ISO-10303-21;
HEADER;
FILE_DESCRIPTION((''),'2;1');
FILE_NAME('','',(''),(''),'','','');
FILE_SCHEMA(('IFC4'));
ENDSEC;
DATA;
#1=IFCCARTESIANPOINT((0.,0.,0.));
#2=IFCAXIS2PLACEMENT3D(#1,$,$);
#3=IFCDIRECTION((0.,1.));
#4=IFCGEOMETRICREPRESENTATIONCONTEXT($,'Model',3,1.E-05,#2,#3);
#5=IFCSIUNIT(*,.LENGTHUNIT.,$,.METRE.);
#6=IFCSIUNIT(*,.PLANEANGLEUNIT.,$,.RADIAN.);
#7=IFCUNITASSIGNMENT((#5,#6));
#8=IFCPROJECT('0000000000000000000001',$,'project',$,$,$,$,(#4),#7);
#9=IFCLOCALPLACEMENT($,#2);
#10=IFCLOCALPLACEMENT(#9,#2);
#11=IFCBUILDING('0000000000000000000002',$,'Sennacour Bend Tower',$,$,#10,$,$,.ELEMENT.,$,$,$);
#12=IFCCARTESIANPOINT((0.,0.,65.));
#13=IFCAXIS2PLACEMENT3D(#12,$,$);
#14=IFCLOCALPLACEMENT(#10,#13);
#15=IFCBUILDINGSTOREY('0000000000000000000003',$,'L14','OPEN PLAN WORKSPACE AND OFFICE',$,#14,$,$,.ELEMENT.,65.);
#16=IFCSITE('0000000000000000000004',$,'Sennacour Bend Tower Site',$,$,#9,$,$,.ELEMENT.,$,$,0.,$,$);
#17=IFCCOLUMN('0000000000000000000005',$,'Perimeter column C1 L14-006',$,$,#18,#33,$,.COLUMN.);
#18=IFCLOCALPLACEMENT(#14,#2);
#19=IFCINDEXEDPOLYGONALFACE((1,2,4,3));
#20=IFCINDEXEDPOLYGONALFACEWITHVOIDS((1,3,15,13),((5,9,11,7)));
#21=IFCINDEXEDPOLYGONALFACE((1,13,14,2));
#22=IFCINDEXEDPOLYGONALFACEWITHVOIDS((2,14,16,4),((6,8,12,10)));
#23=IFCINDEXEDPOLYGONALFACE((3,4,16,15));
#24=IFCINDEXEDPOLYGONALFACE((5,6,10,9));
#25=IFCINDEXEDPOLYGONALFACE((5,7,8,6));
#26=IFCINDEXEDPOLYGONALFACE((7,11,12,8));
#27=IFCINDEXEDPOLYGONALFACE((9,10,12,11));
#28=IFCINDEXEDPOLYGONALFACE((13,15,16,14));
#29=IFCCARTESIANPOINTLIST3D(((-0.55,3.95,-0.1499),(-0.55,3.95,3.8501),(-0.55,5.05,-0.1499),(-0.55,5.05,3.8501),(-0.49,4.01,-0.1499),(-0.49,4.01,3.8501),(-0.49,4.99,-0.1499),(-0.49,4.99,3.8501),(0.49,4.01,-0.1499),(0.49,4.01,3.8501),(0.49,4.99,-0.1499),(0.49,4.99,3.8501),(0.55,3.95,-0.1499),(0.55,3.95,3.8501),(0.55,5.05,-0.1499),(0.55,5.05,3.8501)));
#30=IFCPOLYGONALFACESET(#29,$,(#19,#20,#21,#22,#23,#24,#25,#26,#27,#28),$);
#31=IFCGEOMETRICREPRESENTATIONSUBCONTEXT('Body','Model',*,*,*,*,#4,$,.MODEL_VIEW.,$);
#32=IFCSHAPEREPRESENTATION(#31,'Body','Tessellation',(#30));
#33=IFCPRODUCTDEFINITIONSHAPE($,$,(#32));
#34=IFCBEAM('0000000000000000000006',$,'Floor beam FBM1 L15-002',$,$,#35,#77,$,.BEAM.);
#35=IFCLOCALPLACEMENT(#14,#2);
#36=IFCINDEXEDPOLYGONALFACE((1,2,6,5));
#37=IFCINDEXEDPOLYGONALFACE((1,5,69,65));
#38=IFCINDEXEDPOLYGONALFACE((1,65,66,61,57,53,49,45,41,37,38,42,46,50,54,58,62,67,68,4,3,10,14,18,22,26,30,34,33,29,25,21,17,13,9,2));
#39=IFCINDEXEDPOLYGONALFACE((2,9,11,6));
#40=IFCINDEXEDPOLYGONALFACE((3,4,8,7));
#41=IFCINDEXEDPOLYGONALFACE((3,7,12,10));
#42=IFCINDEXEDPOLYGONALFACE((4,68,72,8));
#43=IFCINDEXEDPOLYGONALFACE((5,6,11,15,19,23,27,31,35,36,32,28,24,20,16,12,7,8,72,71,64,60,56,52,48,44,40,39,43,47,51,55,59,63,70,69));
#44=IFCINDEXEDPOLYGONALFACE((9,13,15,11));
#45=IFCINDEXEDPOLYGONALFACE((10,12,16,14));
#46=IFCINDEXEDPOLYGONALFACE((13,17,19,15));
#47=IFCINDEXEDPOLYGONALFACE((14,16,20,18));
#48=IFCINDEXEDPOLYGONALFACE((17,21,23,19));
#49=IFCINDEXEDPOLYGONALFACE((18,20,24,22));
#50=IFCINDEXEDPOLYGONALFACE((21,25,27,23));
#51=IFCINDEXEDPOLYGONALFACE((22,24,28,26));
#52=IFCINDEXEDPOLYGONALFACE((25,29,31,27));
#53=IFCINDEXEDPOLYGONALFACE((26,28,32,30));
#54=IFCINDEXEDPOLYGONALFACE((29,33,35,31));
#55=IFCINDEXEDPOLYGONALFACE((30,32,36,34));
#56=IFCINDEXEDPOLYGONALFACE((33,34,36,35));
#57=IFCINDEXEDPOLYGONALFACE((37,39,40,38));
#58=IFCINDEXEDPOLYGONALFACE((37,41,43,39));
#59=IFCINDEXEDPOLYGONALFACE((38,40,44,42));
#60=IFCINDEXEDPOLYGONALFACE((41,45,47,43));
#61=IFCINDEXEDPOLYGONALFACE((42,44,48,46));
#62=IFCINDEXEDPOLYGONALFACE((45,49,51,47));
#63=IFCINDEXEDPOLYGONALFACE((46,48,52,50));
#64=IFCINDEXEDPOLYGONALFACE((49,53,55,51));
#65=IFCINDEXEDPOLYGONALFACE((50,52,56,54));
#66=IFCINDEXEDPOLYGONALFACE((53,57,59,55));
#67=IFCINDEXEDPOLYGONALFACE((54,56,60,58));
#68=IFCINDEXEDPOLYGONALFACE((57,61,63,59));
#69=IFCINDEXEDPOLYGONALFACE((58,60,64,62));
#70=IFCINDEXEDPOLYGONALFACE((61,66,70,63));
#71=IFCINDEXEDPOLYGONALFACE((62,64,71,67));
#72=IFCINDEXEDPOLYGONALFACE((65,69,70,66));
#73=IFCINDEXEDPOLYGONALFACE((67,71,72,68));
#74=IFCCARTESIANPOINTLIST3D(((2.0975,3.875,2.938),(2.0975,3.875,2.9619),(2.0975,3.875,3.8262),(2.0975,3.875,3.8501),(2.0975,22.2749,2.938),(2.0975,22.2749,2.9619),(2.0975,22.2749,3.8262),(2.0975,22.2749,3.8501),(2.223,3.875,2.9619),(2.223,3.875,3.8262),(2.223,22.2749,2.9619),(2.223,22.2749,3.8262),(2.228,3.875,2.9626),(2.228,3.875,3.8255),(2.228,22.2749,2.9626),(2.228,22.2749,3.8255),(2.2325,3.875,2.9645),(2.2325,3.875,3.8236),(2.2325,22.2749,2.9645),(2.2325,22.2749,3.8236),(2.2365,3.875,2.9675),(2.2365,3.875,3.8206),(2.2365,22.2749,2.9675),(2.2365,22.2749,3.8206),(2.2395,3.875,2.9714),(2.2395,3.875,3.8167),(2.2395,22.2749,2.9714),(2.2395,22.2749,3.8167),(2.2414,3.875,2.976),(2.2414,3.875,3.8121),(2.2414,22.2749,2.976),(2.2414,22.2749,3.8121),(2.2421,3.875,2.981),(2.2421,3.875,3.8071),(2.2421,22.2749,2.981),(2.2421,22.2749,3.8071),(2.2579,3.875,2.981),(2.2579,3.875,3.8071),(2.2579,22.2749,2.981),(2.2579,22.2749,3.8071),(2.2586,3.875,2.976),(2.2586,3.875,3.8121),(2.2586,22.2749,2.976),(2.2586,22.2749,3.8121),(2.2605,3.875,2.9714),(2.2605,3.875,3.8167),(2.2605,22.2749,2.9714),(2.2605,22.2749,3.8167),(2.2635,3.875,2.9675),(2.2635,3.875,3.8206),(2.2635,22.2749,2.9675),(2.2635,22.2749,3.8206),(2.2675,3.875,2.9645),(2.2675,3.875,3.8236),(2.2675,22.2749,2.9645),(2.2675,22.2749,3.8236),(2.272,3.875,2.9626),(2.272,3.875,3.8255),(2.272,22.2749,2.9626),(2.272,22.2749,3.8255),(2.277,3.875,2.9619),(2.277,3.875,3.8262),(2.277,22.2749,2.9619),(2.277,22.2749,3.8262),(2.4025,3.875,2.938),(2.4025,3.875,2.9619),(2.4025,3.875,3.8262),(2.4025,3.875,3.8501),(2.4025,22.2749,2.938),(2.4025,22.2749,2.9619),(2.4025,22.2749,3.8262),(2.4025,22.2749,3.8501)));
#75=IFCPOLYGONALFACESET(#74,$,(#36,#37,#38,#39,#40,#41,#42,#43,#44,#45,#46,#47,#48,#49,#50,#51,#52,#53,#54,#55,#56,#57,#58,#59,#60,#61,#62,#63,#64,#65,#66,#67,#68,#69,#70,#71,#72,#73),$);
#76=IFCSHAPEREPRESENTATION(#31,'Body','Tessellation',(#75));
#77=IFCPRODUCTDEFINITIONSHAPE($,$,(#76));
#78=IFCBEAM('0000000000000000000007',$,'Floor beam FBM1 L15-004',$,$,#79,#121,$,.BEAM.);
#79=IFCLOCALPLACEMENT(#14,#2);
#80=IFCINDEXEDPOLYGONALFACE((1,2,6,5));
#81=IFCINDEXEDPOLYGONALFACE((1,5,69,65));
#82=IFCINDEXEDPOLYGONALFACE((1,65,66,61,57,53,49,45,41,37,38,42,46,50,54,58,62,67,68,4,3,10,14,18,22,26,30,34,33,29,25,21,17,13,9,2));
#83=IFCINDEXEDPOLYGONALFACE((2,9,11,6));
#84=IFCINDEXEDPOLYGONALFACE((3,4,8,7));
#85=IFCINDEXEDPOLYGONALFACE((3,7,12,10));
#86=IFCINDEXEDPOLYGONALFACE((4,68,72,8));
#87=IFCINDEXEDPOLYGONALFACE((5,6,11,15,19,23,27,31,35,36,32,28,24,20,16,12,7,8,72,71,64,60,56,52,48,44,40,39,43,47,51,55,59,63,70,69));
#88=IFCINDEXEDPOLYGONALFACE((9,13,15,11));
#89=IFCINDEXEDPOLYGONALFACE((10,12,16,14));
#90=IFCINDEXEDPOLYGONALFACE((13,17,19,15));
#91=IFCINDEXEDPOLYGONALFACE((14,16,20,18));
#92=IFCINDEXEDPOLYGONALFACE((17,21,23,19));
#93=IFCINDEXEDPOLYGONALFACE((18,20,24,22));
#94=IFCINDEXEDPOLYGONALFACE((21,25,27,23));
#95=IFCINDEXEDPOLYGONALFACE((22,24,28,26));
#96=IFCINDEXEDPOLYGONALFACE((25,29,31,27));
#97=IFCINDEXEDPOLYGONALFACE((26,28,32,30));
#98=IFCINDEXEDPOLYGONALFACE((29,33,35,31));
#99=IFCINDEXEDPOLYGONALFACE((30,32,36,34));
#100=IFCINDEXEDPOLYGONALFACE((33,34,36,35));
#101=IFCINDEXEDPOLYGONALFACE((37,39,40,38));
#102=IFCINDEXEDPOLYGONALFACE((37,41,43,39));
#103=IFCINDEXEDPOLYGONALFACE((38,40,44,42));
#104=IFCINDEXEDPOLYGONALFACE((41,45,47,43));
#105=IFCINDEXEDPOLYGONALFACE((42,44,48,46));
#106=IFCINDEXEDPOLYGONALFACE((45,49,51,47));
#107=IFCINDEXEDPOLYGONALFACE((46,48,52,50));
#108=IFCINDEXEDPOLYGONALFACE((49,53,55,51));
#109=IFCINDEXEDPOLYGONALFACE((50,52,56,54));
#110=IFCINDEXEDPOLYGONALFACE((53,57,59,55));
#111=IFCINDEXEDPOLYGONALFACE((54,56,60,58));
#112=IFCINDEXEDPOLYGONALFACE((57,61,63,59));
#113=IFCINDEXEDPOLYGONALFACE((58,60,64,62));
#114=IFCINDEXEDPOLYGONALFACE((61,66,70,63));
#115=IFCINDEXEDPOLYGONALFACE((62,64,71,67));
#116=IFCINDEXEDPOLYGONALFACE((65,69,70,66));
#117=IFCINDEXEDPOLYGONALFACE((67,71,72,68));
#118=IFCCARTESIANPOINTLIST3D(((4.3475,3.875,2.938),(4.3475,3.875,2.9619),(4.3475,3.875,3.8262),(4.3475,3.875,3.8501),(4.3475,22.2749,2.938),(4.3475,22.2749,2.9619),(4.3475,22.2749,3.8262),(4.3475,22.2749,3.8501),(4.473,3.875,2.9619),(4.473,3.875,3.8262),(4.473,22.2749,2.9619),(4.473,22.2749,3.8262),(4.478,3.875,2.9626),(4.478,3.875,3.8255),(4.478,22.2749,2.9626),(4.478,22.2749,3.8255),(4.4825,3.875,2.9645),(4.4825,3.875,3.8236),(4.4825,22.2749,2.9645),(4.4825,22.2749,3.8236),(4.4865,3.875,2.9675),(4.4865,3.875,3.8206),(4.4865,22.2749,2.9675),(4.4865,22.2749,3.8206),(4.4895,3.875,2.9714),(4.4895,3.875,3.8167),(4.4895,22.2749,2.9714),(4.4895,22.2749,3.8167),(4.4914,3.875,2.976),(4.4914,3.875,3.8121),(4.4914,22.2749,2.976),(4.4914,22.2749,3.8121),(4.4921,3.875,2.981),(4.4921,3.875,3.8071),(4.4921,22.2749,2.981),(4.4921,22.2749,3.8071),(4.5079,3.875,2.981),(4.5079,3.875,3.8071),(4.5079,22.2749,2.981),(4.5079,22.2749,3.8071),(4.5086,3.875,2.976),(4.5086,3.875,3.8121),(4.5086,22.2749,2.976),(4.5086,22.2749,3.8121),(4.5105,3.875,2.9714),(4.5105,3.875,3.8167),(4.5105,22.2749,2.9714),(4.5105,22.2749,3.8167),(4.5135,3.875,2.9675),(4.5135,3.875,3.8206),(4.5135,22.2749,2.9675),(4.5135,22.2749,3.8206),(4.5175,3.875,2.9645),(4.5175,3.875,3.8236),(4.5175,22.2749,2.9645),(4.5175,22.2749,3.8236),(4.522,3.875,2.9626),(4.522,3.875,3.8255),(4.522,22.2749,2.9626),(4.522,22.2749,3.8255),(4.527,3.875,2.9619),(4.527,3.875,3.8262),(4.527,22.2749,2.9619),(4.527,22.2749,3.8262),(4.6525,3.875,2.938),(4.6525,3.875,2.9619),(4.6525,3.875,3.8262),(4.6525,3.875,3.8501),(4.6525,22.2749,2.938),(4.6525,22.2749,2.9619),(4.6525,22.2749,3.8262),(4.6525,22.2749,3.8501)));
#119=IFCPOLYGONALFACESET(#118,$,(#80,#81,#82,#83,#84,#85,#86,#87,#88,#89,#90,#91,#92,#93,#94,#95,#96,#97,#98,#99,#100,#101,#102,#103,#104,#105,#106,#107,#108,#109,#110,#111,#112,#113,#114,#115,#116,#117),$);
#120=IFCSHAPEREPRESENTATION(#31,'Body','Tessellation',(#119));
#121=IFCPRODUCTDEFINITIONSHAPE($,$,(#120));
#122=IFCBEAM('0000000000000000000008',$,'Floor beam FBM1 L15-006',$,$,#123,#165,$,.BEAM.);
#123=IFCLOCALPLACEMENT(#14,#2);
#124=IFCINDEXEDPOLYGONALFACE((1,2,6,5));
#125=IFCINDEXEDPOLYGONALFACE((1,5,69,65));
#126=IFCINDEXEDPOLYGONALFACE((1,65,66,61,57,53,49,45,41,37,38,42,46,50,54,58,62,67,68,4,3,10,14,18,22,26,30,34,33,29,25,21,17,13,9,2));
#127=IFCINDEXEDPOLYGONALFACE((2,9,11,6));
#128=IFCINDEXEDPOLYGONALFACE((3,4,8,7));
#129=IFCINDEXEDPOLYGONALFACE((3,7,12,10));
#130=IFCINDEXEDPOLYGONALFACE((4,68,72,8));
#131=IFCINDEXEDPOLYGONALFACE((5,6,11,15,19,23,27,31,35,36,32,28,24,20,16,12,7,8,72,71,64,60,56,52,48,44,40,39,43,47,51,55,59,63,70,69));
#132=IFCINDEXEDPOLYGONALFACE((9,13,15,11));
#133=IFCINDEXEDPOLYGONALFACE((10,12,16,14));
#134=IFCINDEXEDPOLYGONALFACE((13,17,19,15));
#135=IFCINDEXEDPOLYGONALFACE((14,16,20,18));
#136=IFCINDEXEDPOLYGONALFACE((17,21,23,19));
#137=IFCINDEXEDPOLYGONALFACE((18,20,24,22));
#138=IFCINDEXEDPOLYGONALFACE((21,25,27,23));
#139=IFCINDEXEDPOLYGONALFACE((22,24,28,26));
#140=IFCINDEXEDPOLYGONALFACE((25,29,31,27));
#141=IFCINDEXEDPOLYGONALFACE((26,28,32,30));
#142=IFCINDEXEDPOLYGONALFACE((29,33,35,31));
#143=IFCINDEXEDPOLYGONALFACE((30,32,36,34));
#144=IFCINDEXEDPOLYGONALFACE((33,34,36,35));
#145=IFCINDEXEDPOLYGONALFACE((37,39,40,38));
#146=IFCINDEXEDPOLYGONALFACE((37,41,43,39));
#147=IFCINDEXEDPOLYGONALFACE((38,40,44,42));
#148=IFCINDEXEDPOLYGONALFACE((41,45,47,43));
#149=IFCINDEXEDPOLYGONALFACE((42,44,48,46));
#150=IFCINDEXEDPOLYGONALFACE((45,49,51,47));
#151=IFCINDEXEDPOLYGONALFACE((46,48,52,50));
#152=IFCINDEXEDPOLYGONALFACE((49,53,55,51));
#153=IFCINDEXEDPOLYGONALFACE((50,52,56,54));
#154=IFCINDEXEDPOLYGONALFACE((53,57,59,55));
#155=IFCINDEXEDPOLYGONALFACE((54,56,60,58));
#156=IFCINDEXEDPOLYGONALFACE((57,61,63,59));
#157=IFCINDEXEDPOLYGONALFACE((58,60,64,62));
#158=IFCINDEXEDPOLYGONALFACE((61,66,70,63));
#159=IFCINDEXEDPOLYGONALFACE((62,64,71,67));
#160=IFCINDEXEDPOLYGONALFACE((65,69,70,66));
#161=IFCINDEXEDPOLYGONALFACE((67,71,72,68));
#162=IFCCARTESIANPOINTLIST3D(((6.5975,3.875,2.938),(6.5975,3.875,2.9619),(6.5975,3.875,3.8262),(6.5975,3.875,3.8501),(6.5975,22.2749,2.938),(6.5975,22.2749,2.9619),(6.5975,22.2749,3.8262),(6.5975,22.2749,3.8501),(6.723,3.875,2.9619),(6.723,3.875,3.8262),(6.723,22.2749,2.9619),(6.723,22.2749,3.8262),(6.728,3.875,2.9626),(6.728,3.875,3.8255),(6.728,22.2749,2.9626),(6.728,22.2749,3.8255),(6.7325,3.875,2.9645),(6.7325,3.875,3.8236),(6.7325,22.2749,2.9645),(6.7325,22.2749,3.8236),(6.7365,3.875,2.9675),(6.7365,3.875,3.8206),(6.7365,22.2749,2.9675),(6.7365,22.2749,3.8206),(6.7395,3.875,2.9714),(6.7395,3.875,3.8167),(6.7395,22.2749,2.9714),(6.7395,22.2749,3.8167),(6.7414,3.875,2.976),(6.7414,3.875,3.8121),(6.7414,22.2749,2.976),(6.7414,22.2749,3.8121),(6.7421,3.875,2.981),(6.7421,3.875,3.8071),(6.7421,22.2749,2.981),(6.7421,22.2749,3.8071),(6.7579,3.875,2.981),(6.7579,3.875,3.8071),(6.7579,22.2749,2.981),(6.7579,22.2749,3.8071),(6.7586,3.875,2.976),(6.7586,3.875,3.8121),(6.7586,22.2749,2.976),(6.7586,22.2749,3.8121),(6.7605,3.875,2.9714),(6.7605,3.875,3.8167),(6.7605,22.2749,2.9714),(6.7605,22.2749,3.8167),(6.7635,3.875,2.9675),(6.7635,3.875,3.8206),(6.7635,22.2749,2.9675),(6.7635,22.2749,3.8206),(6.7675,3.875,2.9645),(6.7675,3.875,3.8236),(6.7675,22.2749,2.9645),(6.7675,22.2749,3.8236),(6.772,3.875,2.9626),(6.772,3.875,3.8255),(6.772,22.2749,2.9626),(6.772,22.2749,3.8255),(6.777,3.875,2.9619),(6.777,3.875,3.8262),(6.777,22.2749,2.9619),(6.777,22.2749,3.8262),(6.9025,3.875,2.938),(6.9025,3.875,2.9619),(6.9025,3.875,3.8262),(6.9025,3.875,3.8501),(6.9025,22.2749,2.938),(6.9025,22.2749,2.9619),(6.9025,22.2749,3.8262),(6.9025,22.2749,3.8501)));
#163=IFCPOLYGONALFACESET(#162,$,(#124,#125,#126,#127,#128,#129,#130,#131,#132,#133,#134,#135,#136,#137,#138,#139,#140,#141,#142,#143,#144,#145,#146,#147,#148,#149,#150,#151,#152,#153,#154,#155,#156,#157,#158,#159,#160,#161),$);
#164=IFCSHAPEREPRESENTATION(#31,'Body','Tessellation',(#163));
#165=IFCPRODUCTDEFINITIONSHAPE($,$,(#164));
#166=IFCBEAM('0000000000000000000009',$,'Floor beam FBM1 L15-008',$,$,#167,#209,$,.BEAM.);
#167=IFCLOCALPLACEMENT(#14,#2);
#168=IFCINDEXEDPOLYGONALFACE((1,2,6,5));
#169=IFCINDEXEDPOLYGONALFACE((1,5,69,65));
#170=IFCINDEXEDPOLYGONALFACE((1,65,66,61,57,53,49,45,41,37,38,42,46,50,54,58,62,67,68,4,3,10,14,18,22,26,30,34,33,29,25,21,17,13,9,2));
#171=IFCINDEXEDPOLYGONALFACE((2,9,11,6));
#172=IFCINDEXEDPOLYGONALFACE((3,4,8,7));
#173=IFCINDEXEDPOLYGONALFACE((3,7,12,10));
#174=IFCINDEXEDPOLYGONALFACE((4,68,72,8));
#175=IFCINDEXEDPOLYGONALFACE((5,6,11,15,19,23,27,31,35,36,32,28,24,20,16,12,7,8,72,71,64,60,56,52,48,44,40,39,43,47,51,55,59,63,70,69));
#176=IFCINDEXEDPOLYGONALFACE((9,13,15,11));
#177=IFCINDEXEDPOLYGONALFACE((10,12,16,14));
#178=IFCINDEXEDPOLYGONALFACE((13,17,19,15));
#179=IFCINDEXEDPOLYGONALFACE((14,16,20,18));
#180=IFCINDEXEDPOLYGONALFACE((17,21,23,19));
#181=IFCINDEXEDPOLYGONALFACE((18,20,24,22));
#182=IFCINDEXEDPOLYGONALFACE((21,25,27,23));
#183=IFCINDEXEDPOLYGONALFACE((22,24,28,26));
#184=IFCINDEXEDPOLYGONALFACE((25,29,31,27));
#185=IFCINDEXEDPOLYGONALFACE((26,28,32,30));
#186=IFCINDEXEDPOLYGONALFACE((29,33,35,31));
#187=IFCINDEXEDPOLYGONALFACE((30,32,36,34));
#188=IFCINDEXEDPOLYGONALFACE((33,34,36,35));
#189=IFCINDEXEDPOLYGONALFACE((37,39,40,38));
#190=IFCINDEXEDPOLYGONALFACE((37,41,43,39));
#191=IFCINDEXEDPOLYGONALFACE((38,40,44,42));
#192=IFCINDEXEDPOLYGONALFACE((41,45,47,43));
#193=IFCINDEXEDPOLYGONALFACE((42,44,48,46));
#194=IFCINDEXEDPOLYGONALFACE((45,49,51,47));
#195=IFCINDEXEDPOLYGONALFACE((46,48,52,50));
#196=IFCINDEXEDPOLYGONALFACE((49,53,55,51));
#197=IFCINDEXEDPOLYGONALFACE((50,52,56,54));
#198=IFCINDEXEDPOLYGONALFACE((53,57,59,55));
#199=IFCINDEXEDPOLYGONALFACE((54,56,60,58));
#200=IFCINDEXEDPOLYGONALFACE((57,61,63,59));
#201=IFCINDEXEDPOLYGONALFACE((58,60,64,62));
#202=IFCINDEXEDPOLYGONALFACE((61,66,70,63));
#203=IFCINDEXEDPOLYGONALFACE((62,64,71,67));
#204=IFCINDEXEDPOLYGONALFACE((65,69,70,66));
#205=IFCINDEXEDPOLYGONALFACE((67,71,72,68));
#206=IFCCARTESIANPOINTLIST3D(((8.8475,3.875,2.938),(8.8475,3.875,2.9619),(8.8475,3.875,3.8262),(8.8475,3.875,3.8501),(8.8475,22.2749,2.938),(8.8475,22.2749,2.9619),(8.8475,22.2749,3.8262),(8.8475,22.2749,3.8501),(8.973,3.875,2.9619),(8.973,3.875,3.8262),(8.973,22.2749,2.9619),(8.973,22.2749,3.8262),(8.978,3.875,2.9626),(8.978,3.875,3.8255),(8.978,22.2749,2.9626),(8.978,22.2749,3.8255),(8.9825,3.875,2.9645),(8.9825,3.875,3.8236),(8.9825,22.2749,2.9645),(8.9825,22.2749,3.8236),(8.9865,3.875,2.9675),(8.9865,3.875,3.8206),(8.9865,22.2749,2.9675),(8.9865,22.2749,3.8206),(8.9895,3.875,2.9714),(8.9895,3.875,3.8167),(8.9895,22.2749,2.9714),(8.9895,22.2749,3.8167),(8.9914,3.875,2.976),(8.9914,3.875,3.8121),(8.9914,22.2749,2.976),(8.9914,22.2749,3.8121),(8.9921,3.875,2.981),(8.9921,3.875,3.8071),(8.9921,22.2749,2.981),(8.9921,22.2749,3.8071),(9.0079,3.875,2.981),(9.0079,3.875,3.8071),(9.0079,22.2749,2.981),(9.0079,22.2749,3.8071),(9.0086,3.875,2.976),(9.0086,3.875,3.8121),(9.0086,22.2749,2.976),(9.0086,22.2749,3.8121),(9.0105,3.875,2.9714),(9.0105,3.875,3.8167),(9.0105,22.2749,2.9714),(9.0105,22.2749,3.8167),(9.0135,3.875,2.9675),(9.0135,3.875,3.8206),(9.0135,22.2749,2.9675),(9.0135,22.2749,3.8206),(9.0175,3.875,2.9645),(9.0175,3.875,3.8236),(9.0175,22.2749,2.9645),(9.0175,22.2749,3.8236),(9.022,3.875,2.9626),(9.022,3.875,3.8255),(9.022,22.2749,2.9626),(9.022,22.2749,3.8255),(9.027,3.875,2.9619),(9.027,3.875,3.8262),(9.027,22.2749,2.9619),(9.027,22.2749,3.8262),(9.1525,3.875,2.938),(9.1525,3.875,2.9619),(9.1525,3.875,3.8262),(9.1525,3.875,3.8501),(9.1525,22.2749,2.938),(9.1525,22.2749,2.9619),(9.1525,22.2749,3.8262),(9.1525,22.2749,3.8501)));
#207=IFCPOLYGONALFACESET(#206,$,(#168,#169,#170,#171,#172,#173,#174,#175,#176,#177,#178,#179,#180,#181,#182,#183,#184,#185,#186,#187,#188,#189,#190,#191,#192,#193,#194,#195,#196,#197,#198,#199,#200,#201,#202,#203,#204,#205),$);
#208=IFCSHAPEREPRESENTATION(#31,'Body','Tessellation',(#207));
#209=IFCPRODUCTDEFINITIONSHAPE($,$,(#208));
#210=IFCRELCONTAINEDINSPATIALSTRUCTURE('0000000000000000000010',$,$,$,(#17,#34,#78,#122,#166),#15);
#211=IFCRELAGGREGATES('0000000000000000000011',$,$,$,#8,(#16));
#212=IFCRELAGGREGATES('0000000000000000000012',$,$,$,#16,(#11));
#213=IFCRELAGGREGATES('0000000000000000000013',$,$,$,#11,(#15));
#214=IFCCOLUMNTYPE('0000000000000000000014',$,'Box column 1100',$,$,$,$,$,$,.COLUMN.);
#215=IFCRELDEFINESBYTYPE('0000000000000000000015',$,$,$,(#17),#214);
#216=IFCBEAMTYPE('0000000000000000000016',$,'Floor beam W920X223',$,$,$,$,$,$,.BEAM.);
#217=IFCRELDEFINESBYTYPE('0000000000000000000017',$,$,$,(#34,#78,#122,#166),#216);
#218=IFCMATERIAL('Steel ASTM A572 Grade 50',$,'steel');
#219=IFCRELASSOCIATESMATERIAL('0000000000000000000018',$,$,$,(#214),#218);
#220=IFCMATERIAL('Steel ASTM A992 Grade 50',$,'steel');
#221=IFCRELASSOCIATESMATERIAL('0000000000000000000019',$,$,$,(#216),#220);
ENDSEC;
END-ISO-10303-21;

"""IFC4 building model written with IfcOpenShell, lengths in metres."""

from ifc_helpers import new_model, si_unit, direction, frame, origin, origin_2d, place, context, subcontext, project, spatial, hollow_rectangle, i_section, extrude, material, material_profile, profile_set, type_object, element, save


model = new_model("IFC4")

# Units and contexts
model_context = context("Model", 3, precision=1e-05, world=origin(), true_north=direction((0.0, 1.0)))
body_context = subcontext(model_context, "Body", "Model", "MODEL_VIEW")
ifc_project = project(units=[si_unit("LENGTHUNIT", "METRE"), si_unit("PLANEANGLEUNIT", "RADIAN")], contexts=[model_context])

# Site, building, storey
site_placement = place(None, origin())
site = spatial("IfcSite", under=ifc_project, at=site_placement, Name="Sennacour Bend Tower Site", CompositionType="ELEMENT", RefElevation=0.0)
building_placement = place(site_placement, origin())
building = spatial("IfcBuilding", under=site, at=building_placement, Name="Sennacour Bend Tower", CompositionType="ELEMENT")
storey_placement = place(building_placement, frame((0.0, 0.0, 65.0)))
storey = spatial("IfcBuildingStorey", under=building, at=storey_placement, Name="L14", Description="OPEN PLAN WORKSPACE AND OFFICE", CompositionType="ELEMENT", Elevation=65.0)

# Column
ifc_material_1 = material(Name="Steel ASTM A572 Grade 50", Category="steel")
ifc_material_profile_1 = material_profile(ifc_material_1, hollow_rectangle(XDim=1.1001, YDim=1.1001, WallThickness=0.0601, at=origin_2d()), Name="Steel ASTM A572 Grade 50", Category="steel")
ifc_profile_set_1 = profile_set([ifc_material_profile_1], Name="Steel ASTM A572 Grade 50")
column_type = type_object("IfcColumnType", Name="Box column 1100", PredefinedType="COLUMN", material=ifc_profile_set_1)
column_placement = place(storey_placement, frame((0.0, 4.5, -0.1499), z_axis=(0.0, 0.0, 1.0), x_axis=(1.0, 0.0, 0.0)))
element("IfcColumn", 1, at=column_placement, inside=storey, type_object=column_type, Name="Perimeter column C1 L14-006", PredefinedType="COLUMN", context=body_context, shape_type="SweptSolid", body=[
    extrude(hollow_rectangle(XDim=1.1001, YDim=1.1001, WallThickness=0.0601, at=origin_2d()), origin(), (0.0, 0.0, 1.0), 4.0),
])

# Beams
ifc_material_2 = material(Name="Steel ASTM A992 Grade 50", Category="steel")
ifc_material_profile_2 = material_profile(ifc_material_2, i_section(OverallWidth=0.3049, OverallDepth=0.9121, WebThickness=0.0159, FlangeThickness=0.0239, FilletRadius=0.019, at=origin_2d()), Name="Steel ASTM A992 Grade 50", Category="steel")
ifc_profile_set_2 = profile_set([ifc_material_profile_2], Name="Steel ASTM A992 Grade 50")
beam_type = type_object("IfcBeamType", Name="Floor beam W920X223", PredefinedType="BEAM", material=ifc_profile_set_2)
for number, where, z_axis, x_axis, name in (
    (2, (2.25, 3.875, 3.394), (0.0, 1.0, 0.0), (-1.0, 0.0, 0.0), "Floor beam FBM1 L15-002"),
    (3, (4.5, 3.875, 3.394), (0.0, 1.0, 0.0), (-1.0, 0.0, 0.0), "Floor beam FBM1 L15-004"),
    (4, (6.75, 3.875, 3.394), (0.0, 1.0, 0.0), (-1.0, 0.0, 0.0), "Floor beam FBM1 L15-006"),
    (5, (9.0, 3.875, 3.394), (0.0, 1.0, 0.0), (-1.0, 0.0, 0.0), "Floor beam FBM1 L15-008"),
):
    element("IfcBeam", number, at=place(storey_placement, frame(where, z_axis=z_axis, x_axis=x_axis)), inside=storey, type_object=beam_type, Name=name, PredefinedType="BEAM", context=body_context, shape_type="SweptSolid", body=[
        extrude(i_section(OverallWidth=0.3049, OverallDepth=0.9121, WebThickness=0.0159, FlangeThickness=0.0239, FilletRadius=0.019, at=origin_2d()), origin(), (0.0, 0.0, 1.0), 18.3999),
    ])

save(model, "model.ifc")
